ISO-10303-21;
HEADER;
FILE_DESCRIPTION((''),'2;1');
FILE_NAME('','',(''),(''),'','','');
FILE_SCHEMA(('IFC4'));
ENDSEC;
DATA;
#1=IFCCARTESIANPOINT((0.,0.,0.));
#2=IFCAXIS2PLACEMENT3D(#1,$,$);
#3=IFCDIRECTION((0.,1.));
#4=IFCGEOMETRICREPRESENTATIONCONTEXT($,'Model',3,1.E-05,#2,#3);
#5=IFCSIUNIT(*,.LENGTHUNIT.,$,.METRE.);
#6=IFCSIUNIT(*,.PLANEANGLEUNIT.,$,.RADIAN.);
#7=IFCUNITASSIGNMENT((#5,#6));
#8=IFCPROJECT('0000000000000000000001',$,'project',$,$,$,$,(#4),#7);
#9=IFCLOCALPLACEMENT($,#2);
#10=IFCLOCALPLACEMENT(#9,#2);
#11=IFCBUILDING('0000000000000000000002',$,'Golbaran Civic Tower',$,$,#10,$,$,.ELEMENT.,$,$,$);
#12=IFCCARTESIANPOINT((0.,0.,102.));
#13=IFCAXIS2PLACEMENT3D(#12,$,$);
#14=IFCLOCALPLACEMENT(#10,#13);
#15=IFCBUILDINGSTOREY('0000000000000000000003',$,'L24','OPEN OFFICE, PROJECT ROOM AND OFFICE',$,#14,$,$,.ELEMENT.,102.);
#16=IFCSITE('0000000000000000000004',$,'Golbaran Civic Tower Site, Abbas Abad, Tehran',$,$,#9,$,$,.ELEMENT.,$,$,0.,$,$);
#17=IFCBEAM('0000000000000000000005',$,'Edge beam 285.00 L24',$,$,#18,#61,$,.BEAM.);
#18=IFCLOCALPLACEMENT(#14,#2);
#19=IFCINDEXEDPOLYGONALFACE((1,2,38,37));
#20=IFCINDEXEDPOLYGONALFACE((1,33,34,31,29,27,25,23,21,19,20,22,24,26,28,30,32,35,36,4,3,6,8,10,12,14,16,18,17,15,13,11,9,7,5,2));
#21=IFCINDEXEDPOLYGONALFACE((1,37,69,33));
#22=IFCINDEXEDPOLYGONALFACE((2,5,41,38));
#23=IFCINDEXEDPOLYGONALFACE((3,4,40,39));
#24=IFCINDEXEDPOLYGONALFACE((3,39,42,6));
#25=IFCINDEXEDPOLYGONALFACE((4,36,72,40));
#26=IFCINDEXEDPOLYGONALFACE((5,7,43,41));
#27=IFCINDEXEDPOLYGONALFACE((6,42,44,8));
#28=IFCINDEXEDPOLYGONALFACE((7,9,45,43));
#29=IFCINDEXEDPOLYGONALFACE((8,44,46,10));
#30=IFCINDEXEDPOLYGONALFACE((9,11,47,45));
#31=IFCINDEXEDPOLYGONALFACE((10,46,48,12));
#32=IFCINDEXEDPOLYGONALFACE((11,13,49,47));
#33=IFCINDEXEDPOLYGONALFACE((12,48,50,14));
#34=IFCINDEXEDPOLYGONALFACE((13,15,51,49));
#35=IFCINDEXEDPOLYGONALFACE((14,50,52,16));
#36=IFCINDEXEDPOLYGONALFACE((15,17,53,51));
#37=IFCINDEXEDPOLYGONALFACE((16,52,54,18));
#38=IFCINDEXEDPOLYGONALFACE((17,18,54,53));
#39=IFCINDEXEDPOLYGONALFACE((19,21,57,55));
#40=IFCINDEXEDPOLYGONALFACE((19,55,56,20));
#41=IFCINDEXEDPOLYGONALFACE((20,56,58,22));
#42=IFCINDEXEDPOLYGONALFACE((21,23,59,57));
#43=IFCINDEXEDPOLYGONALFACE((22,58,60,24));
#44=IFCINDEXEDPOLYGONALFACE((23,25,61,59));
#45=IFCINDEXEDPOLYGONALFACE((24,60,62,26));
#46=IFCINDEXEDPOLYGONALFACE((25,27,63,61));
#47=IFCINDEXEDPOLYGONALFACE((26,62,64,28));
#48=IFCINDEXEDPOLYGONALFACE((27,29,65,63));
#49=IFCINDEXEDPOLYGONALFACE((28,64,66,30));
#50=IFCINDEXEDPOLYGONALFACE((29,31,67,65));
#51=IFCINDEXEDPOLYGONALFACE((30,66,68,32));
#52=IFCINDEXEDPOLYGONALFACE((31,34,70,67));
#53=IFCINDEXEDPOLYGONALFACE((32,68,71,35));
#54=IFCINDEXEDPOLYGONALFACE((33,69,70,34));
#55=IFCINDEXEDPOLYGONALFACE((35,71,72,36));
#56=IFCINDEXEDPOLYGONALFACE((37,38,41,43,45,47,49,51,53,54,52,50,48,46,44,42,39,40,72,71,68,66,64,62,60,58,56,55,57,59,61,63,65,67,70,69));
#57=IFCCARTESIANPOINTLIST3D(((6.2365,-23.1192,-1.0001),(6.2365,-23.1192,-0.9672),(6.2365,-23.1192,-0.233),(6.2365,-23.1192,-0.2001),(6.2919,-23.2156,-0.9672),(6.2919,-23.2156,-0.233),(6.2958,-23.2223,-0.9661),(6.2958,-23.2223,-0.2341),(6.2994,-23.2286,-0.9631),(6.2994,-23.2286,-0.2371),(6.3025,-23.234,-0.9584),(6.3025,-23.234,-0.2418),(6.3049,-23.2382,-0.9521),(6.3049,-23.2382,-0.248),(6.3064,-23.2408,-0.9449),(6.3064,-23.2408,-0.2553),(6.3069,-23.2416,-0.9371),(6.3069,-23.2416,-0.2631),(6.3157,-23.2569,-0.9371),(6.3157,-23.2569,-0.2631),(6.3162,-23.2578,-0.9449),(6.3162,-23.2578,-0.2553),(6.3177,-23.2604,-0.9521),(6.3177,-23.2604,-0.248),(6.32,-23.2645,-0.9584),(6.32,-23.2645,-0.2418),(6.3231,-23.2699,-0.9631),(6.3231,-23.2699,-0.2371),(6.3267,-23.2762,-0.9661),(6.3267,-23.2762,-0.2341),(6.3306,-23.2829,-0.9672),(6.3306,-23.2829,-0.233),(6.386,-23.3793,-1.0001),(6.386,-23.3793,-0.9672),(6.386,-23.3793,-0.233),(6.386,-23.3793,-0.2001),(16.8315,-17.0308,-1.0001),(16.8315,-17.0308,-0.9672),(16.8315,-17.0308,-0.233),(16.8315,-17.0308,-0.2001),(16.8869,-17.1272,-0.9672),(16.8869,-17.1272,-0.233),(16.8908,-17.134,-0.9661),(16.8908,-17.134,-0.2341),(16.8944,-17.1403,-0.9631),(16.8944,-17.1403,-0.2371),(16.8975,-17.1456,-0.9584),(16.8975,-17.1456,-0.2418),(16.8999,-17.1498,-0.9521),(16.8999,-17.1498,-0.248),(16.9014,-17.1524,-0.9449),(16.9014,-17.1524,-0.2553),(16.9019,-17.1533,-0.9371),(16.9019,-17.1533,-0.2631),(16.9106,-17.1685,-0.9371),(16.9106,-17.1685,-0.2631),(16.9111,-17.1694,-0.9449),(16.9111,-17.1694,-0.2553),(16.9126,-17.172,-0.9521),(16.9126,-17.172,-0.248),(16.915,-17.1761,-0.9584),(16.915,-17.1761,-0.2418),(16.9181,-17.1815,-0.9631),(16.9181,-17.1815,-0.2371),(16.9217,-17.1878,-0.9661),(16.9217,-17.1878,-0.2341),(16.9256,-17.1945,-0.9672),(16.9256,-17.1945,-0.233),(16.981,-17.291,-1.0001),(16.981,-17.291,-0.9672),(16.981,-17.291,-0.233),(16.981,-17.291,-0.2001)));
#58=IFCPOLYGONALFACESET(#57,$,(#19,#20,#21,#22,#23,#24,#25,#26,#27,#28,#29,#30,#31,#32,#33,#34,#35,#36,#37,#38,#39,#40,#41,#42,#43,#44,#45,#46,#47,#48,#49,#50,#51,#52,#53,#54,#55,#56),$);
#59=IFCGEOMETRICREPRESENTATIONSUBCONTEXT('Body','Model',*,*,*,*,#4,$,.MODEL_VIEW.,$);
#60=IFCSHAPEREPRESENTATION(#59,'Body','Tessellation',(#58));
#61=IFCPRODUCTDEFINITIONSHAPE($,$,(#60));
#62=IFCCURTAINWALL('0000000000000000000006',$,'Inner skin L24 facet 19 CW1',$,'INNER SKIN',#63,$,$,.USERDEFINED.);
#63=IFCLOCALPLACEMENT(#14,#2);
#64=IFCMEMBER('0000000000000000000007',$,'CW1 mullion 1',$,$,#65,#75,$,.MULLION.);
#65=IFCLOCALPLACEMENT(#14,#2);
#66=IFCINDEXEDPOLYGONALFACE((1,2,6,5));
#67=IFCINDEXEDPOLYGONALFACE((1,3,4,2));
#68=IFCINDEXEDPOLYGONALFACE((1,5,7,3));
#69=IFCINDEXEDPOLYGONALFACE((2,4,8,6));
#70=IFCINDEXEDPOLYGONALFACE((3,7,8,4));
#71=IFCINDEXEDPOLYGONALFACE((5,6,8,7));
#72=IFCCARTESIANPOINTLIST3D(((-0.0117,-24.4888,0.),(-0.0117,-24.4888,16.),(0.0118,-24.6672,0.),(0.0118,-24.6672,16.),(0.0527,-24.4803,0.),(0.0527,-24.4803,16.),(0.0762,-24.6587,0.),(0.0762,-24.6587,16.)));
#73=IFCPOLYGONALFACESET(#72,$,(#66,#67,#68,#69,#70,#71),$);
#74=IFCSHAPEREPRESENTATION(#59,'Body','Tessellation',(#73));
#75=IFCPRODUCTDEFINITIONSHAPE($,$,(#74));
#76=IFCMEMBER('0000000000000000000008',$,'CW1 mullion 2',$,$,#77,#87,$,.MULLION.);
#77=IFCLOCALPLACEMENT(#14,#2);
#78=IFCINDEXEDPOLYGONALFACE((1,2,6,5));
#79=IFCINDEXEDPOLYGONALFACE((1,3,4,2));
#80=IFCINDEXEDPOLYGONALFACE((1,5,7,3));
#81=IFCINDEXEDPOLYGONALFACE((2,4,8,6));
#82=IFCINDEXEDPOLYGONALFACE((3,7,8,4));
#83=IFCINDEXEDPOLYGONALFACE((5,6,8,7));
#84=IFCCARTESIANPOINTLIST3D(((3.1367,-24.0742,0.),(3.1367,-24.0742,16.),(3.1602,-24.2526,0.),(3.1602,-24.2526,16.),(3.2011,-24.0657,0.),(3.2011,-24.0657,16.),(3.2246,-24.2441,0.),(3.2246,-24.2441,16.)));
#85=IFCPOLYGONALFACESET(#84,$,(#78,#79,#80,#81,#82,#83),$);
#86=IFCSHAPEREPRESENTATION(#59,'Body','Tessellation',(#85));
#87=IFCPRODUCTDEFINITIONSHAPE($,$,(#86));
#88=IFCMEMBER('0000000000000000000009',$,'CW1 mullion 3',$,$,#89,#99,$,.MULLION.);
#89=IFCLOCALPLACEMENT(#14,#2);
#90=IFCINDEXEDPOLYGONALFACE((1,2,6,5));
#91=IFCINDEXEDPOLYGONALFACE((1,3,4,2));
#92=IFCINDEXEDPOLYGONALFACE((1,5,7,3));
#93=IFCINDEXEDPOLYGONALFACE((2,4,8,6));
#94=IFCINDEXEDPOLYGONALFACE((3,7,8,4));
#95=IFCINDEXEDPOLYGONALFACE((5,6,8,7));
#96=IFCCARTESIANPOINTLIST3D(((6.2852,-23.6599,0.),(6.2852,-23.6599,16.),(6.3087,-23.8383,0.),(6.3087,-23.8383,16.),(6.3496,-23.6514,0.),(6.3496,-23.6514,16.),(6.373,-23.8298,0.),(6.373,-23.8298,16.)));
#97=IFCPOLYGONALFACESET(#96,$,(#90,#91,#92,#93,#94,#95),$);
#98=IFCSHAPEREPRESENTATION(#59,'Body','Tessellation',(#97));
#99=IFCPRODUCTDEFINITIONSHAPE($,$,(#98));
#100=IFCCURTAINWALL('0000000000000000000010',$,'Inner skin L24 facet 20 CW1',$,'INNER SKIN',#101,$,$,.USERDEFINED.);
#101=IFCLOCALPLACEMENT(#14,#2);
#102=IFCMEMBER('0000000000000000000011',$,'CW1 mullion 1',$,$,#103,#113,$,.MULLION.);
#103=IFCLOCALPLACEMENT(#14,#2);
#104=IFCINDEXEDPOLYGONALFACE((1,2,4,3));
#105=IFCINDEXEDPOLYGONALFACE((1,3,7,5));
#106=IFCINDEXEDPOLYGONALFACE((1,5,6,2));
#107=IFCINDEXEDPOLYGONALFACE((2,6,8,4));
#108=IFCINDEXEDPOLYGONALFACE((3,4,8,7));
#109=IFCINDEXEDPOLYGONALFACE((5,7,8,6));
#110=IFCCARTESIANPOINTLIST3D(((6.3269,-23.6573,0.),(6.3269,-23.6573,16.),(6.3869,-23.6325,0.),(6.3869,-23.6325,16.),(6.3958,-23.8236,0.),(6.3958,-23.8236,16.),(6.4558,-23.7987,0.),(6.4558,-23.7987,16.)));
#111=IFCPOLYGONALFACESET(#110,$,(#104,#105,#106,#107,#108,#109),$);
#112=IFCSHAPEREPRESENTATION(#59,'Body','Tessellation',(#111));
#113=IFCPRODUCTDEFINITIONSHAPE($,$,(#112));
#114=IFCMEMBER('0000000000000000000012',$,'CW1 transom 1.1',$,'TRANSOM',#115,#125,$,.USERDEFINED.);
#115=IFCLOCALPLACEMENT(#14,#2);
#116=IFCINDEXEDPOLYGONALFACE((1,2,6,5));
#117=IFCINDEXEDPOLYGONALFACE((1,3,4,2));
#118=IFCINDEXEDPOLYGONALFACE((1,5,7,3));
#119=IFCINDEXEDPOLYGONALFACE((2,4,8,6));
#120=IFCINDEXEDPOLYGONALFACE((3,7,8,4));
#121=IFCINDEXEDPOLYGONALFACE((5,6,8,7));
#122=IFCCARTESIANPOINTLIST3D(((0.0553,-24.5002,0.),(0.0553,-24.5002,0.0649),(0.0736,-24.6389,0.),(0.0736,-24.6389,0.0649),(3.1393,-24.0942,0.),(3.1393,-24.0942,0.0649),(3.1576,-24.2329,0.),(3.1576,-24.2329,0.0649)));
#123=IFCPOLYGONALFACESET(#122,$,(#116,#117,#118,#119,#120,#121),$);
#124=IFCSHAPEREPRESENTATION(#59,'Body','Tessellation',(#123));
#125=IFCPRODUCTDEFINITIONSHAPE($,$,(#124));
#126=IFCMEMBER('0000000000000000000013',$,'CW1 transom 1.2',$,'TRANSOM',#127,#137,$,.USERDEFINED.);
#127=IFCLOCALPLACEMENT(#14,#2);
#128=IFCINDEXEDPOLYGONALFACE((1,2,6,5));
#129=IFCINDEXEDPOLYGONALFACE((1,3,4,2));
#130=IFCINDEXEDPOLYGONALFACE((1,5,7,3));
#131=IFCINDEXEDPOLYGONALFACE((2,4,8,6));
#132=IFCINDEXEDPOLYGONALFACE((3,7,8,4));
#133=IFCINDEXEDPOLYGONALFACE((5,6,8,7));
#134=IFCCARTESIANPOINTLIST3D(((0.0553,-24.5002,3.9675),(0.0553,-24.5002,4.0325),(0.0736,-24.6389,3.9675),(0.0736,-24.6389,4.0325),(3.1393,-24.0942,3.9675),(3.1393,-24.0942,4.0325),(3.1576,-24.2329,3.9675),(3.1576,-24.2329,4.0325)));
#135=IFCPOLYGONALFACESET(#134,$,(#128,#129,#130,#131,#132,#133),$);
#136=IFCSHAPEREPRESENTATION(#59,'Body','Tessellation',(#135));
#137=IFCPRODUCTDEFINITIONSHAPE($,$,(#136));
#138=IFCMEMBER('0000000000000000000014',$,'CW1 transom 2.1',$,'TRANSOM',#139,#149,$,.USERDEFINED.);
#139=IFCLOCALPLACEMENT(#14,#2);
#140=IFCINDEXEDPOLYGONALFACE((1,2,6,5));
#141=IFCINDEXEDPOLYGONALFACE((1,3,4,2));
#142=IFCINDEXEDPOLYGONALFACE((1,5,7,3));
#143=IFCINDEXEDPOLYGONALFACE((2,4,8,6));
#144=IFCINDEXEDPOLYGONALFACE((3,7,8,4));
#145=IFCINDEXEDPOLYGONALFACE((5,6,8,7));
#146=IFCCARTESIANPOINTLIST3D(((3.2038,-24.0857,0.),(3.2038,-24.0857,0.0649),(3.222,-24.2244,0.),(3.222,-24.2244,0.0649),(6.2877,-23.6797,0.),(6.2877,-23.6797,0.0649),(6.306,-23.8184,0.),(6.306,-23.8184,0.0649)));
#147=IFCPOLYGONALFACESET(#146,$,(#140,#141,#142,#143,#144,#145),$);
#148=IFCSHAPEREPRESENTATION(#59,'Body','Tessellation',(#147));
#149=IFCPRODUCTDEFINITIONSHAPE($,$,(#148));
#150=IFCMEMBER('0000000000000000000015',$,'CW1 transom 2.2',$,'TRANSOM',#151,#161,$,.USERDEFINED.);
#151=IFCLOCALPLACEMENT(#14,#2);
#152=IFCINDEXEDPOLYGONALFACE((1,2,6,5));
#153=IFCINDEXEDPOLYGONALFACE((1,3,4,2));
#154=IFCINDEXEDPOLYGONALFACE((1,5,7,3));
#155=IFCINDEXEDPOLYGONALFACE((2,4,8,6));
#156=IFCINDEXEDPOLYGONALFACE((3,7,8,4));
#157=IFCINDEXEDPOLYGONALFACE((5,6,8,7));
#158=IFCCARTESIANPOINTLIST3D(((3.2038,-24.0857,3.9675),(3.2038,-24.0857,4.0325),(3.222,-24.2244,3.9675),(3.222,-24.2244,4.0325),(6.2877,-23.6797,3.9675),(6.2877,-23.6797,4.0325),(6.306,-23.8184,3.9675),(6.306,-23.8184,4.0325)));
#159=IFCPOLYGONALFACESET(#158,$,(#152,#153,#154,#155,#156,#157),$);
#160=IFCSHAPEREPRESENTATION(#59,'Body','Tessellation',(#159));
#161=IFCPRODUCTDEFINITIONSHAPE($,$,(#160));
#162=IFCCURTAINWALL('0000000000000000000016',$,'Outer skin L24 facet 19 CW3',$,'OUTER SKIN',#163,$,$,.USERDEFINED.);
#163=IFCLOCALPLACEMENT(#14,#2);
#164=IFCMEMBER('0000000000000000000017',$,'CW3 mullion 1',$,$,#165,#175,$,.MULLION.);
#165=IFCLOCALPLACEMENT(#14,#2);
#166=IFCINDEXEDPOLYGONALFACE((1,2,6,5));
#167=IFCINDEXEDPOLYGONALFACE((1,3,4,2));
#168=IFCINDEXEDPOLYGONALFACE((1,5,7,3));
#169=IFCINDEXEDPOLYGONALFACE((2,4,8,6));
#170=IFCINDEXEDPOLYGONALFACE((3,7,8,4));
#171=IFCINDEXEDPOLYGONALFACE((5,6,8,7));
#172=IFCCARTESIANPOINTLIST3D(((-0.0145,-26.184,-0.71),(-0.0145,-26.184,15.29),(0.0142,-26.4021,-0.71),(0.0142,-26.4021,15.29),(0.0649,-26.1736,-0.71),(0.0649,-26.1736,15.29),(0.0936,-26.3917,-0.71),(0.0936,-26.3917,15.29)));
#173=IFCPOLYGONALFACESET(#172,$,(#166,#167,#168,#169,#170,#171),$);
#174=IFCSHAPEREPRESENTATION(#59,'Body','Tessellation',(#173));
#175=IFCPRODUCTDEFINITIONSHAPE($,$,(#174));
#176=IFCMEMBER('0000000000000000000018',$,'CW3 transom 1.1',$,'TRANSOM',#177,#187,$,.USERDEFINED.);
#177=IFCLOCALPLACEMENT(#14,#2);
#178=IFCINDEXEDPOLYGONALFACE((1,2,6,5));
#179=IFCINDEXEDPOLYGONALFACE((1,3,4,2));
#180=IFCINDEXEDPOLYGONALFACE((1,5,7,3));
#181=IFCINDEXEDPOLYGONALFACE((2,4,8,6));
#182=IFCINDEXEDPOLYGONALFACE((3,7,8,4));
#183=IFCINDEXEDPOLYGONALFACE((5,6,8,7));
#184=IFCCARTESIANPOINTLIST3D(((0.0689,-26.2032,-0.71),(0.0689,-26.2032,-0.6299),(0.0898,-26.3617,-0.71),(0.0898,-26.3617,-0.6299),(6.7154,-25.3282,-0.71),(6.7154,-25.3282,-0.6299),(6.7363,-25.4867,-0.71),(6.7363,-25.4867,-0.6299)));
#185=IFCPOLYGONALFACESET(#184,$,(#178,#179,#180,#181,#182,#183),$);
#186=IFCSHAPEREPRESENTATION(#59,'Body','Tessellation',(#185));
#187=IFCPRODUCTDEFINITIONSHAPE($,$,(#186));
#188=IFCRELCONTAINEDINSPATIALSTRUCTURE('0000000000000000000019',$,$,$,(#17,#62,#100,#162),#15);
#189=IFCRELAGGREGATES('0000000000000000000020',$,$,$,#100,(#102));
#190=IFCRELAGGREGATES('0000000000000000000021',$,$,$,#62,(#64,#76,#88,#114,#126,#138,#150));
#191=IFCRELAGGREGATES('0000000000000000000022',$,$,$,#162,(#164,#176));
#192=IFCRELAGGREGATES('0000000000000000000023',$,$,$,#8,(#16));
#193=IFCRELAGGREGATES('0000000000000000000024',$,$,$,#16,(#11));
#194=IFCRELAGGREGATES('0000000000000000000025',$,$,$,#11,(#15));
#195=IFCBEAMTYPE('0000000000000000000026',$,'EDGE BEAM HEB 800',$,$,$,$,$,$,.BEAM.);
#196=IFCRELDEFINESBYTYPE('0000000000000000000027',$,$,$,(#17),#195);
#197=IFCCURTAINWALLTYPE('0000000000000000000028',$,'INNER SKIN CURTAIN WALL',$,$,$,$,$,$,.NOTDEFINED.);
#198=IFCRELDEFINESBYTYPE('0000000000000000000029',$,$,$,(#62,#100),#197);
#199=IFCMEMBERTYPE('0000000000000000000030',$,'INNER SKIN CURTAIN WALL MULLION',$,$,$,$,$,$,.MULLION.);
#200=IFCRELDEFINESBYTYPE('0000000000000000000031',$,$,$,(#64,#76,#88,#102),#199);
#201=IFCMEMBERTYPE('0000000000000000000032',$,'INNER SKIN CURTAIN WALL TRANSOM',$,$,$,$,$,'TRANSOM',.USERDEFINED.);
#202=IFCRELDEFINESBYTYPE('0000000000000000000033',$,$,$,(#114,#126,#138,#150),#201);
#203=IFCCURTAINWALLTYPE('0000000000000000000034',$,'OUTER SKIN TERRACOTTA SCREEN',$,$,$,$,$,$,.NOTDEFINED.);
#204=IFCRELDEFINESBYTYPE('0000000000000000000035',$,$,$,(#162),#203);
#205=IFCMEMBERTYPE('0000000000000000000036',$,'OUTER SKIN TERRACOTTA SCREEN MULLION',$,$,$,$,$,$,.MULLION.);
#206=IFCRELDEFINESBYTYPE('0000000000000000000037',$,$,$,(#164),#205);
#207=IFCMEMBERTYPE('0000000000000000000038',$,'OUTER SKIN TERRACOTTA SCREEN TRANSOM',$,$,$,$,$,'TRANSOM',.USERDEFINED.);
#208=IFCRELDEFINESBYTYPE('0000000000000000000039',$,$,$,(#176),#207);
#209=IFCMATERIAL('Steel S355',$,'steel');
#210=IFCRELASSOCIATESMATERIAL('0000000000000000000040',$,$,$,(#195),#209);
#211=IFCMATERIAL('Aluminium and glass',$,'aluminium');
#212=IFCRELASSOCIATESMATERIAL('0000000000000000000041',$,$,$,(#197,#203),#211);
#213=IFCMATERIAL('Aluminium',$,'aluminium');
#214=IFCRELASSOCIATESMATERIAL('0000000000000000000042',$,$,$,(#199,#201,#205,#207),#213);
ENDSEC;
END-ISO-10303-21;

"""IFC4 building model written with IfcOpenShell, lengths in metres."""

from ifc_helpers import new_model, si_unit, direction, frame, origin, origin_2d, place, context, subcontext, project, spatial, rectangle, i_section, extrude, material, material_profile, profile_set, type_object, element, aggregate, save


model = new_model("IFC4")

# Units and contexts
model_context = context("Model", 3, precision=1e-05, world=origin(), true_north=direction((0.0, 1.0)))
body_context = subcontext(model_context, "Body", "Model", "MODEL_VIEW")
ifc_project = project(units=[si_unit("LENGTHUNIT", "METRE"), si_unit("PLANEANGLEUNIT", "RADIAN")], contexts=[model_context])

# Site, building, storey
site_placement = place(None, origin())
site = spatial("IfcSite", under=ifc_project, at=site_placement, Name="Golbaran Civic Tower Site, Abbas Abad, Tehran", CompositionType="ELEMENT", RefElevation=0.0)
building_placement = place(site_placement, origin())
building = spatial("IfcBuilding", under=site, at=building_placement, Name="Golbaran Civic Tower", CompositionType="ELEMENT")
storey_placement = place(building_placement, frame((0.0, 0.0, 102.0)))
storey = spatial("IfcBuildingStorey", under=building, at=storey_placement, Name="L24", Description="OPEN OFFICE, PROJECT ROOM AND OFFICE", CompositionType="ELEMENT", Elevation=102.0)

# Beam
ifc_material_1 = material(Name="Steel S355", Category="steel")
ifc_material_profile_1 = material_profile(ifc_material_1, i_section(OverallWidth=0.3, OverallDepth=0.8, WebThickness=0.0176, FlangeThickness=0.033, FilletRadius=0.03, at=origin_2d()), Name="HEB 800")
ifc_profile_set_1 = profile_set([ifc_material_profile_1], Name="Steel S355")
beam_type = type_object("IfcBeamType", Name="EDGE BEAM HEB 800", PredefinedType="BEAM", material=ifc_profile_set_1)
beam_placement = place(storey_placement, frame((6.3113, -23.2493, -0.6001), z_axis=(0.867038, 0.498242, 0.0), x_axis=(-0.498242, 0.867038, 0.0)))
element("IfcBeam", 1, at=beam_placement, inside=storey, type_object=beam_type, Name="Edge beam 285.00 L24", PredefinedType="BEAM", context=body_context, shape_type="SweptSolid", body=[
    extrude(i_section(OverallWidth=0.3, OverallDepth=0.8, WebThickness=0.0176, FlangeThickness=0.033, FilletRadius=0.03, at=origin_2d()), origin(), (0.0, 0.0, 1.0), 12.2197),
])

# Curtain wall, members
ifc_material_2 = material(Name="Aluminium and glass", Category="aluminium")
curtain_wall_type_1 = type_object("IfcCurtainWallType", Name="INNER SKIN CURTAIN WALL", PredefinedType="NOTDEFINED", material=ifc_material_2)
curtain_wall_1_placement = place(storey_placement, origin())
curtain_wall_1 = element("IfcCurtainWall", 2, at=curtain_wall_1_placement, inside=storey, type_object=curtain_wall_type_1, Name="Inner skin L24 facet 19 CW1", ObjectType="INNER SKIN", PredefinedType="USERDEFINED")
ifc_material_3 = material(Name="Aluminium", Category="aluminium")
ifc_material_profile_2 = material_profile(ifc_material_3, rectangle(XDim=0.1799, YDim=0.0649, at=origin_2d()), Name="INNER SKIN CURTAIN WALL MULLION")
ifc_profile_set_2 = profile_set([ifc_material_profile_2], Name="Aluminium")
member_type_1 = type_object("IfcMemberType", Name="INNER SKIN CURTAIN WALL MULLION", PredefinedType="MULLION", material=ifc_profile_set_2)
member_1_placement = place(storey_placement, frame((0.0322, -24.5737, 0.0), z_axis=(0.0, 0.0, 1.0), x_axis=(-0.130526, 0.991445, 0.0)))
member_1 = element("IfcMember", 3, at=member_1_placement, type_object=member_type_1, Name="CW1 mullion 1", PredefinedType="MULLION", context=body_context, shape_type="SweptSolid", body=[
    extrude(rectangle(XDim=0.1799, YDim=0.0649, at=origin_2d()), origin(), (0.0, 0.0, 1.0), 16.0),
])
member_2_placement = place(storey_placement, frame((3.1807, -24.1592, 0.0), z_axis=(0.0, 0.0, 1.0), x_axis=(-0.130526, 0.991445, 0.0)))
member_2 = element("IfcMember", 4, at=member_2_placement, type_object=member_type_1, Name="CW1 mullion 2", PredefinedType="MULLION", context=body_context, shape_type="SweptSolid", body=[
    extrude(rectangle(XDim=0.1799, YDim=0.0649, at=origin_2d()), origin(), (0.0, 0.0, 1.0), 16.0),
])
member_3_placement = place(storey_placement, frame((6.3291, -23.7449, 0.0), z_axis=(0.0, 0.0, 1.0), x_axis=(-0.130526, 0.991445, 0.0)))
member_3 = element("IfcMember", 5, at=member_3_placement, type_object=member_type_1, Name="CW1 mullion 3", PredefinedType="MULLION", context=body_context, shape_type="SweptSolid", body=[
    extrude(rectangle(XDim=0.1799, YDim=0.0649, at=origin_2d()), origin(), (0.0, 0.0, 1.0), 16.0),
])

# Curtain wall, member
curtain_wall_2_placement = place(storey_placement, origin())
curtain_wall_2 = element("IfcCurtainWall", 6, at=curtain_wall_2_placement, inside=storey, type_object=curtain_wall_type_1, Name="Inner skin L24 facet 20 CW1", ObjectType="INNER SKIN", PredefinedType="USERDEFINED")
member_4_placement = place(storey_placement, frame((6.3914, -23.728, 0.0), z_axis=(0.0, 0.0, 1.0), x_axis=(-0.382683, 0.92388, 0.0)))
member_4 = element("IfcMember", 7, at=member_4_placement, type_object=member_type_1, Name="CW1 mullion 1", PredefinedType="MULLION", context=body_context, shape_type="SweptSolid", body=[
    extrude(rectangle(XDim=0.1799, YDim=0.0649, at=origin_2d()), origin(), (0.0, 0.0, 1.0), 16.0),
])
aggregate(curtain_wall_2, [member_4])

# Members
ifc_material_profile_3 = material_profile(ifc_material_3, rectangle(XDim=0.1399, YDim=0.0649, at=origin_2d()), Name="INNER SKIN CURTAIN WALL TRANSOM")
ifc_profile_set_3 = profile_set([ifc_material_profile_3], Name="Aluminium")
member_type_2 = type_object("IfcMemberType", Name="INNER SKIN CURTAIN WALL TRANSOM", ElementType="TRANSOM", PredefinedType="USERDEFINED", material=ifc_profile_set_3)
member_5_placement = place(storey_placement, frame((0.0645, -24.5696, 0.0325), z_axis=(0.991445, 0.130524, 0.0), x_axis=(-0.130524, 0.991445, 0.0)))
member_5 = element("IfcMember", 8, at=member_5_placement, type_object=member_type_2, Name="CW1 transom 1.1", ObjectType="TRANSOM", PredefinedType="USERDEFINED", context=body_context, shape_type="SweptSolid", body=[
    extrude(rectangle(XDim=0.1399, YDim=0.0649, at=origin_2d()), origin(), (0.0, 0.0, 1.0), 3.1106),
])
member_6_placement = place(storey_placement, frame((0.0645, -24.5696, 4.0), z_axis=(0.991445, 0.130524, 0.0), x_axis=(-0.130524, 0.991445, 0.0)))
member_6 = element("IfcMember", 9, at=member_6_placement, type_object=member_type_2, Name="CW1 transom 1.2", ObjectType="TRANSOM", PredefinedType="USERDEFINED", context=body_context, shape_type="SweptSolid", body=[
    extrude(rectangle(XDim=0.1399, YDim=0.0649, at=origin_2d()), origin(), (0.0, 0.0, 1.0), 3.1106),
])
member_7_placement = place(storey_placement, frame((3.2129, -24.155, 0.0325), z_axis=(0.991445, 0.130524, 0.0), x_axis=(-0.130524, 0.991445, 0.0)))
member_7 = element("IfcMember", 10, at=member_7_placement, type_object=member_type_2, Name="CW1 transom 2.1", ObjectType="TRANSOM", PredefinedType="USERDEFINED", context=body_context, shape_type="SweptSolid", body=[
    extrude(rectangle(XDim=0.1399, YDim=0.0649, at=origin_2d()), origin(), (0.0, 0.0, 1.0), 3.1106),
])
member_8_placement = place(storey_placement, frame((3.2129, -24.155, 4.0), z_axis=(0.991445, 0.130524, 0.0), x_axis=(-0.130524, 0.991445, 0.0)))
member_8 = element("IfcMember", 11, at=member_8_placement, type_object=member_type_2, Name="CW1 transom 2.2", ObjectType="TRANSOM", PredefinedType="USERDEFINED", context=body_context, shape_type="SweptSolid", body=[
    extrude(rectangle(XDim=0.1399, YDim=0.0649, at=origin_2d()), origin(), (0.0, 0.0, 1.0), 3.1106),
])

# Curtain wall, members
curtain_wall_type_2 = type_object("IfcCurtainWallType", Name="OUTER SKIN TERRACOTTA SCREEN", PredefinedType="NOTDEFINED", material=ifc_material_2)
curtain_wall_3_placement = place(storey_placement, origin())
curtain_wall_3 = element("IfcCurtainWall", 12, at=curtain_wall_3_placement, inside=storey, type_object=curtain_wall_type_2, Name="Outer skin L24 facet 19 CW3", ObjectType="OUTER SKIN", PredefinedType="USERDEFINED")
ifc_material_profile_4 = material_profile(ifc_material_3, rectangle(XDim=0.22, YDim=0.0801, at=origin_2d()), Name="OUTER SKIN TERRACOTTA SCREEN MULLION")
ifc_profile_set_4 = profile_set([ifc_material_profile_4], Name="Aluminium")
member_type_3 = type_object("IfcMemberType", Name="OUTER SKIN TERRACOTTA SCREEN MULLION", PredefinedType="MULLION", material=ifc_profile_set_4)
member_9_placement = place(storey_placement, frame((0.0396, -26.2878, -0.71), z_axis=(0.0, 0.0, 1.0), x_axis=(-0.130526, 0.991445, 0.0)))
member_9 = element("IfcMember", 13, at=member_9_placement, type_object=member_type_3, Name="CW3 mullion 1", PredefinedType="MULLION", context=body_context, shape_type="SweptSolid", body=[
    extrude(rectangle(XDim=0.22, YDim=0.0801, at=origin_2d()), origin(), (0.0, 0.0, 1.0), 16.0),
])
ifc_material_profile_5 = material_profile(ifc_material_3, rectangle(XDim=0.1599, YDim=0.0801, at=origin_2d()), Name="OUTER SKIN TERRACOTTA SCREEN TRANSOM")
ifc_profile_set_5 = profile_set([ifc_material_profile_5], Name="Aluminium")
member_type_4 = type_object("IfcMemberType", Name="OUTER SKIN TERRACOTTA SCREEN TRANSOM", ElementType="TRANSOM", PredefinedType="USERDEFINED", material=ifc_profile_set_5)
member_10_placement = place(storey_placement, frame((0.0793, -26.2825, -0.6699), z_axis=(0.991445, 0.130522, 0.0), x_axis=(-0.130522, 0.991445, 0.0)))
member_10 = element("IfcMember", 14, at=member_10_placement, type_object=member_type_4, Name="CW3 transom 1.1", ObjectType="TRANSOM", PredefinedType="USERDEFINED", context=body_context, shape_type="SweptSolid", body=[
    extrude(rectangle(XDim=0.1599, YDim=0.0801, at=origin_2d()), origin(), (0.0, 0.0, 1.0), 6.7039),
])

aggregate(curtain_wall_1, [member_1, member_2, member_3, member_5, member_6, member_7, member_8])
aggregate(curtain_wall_3, [member_9, member_10])

save(model, "model.ifc")
